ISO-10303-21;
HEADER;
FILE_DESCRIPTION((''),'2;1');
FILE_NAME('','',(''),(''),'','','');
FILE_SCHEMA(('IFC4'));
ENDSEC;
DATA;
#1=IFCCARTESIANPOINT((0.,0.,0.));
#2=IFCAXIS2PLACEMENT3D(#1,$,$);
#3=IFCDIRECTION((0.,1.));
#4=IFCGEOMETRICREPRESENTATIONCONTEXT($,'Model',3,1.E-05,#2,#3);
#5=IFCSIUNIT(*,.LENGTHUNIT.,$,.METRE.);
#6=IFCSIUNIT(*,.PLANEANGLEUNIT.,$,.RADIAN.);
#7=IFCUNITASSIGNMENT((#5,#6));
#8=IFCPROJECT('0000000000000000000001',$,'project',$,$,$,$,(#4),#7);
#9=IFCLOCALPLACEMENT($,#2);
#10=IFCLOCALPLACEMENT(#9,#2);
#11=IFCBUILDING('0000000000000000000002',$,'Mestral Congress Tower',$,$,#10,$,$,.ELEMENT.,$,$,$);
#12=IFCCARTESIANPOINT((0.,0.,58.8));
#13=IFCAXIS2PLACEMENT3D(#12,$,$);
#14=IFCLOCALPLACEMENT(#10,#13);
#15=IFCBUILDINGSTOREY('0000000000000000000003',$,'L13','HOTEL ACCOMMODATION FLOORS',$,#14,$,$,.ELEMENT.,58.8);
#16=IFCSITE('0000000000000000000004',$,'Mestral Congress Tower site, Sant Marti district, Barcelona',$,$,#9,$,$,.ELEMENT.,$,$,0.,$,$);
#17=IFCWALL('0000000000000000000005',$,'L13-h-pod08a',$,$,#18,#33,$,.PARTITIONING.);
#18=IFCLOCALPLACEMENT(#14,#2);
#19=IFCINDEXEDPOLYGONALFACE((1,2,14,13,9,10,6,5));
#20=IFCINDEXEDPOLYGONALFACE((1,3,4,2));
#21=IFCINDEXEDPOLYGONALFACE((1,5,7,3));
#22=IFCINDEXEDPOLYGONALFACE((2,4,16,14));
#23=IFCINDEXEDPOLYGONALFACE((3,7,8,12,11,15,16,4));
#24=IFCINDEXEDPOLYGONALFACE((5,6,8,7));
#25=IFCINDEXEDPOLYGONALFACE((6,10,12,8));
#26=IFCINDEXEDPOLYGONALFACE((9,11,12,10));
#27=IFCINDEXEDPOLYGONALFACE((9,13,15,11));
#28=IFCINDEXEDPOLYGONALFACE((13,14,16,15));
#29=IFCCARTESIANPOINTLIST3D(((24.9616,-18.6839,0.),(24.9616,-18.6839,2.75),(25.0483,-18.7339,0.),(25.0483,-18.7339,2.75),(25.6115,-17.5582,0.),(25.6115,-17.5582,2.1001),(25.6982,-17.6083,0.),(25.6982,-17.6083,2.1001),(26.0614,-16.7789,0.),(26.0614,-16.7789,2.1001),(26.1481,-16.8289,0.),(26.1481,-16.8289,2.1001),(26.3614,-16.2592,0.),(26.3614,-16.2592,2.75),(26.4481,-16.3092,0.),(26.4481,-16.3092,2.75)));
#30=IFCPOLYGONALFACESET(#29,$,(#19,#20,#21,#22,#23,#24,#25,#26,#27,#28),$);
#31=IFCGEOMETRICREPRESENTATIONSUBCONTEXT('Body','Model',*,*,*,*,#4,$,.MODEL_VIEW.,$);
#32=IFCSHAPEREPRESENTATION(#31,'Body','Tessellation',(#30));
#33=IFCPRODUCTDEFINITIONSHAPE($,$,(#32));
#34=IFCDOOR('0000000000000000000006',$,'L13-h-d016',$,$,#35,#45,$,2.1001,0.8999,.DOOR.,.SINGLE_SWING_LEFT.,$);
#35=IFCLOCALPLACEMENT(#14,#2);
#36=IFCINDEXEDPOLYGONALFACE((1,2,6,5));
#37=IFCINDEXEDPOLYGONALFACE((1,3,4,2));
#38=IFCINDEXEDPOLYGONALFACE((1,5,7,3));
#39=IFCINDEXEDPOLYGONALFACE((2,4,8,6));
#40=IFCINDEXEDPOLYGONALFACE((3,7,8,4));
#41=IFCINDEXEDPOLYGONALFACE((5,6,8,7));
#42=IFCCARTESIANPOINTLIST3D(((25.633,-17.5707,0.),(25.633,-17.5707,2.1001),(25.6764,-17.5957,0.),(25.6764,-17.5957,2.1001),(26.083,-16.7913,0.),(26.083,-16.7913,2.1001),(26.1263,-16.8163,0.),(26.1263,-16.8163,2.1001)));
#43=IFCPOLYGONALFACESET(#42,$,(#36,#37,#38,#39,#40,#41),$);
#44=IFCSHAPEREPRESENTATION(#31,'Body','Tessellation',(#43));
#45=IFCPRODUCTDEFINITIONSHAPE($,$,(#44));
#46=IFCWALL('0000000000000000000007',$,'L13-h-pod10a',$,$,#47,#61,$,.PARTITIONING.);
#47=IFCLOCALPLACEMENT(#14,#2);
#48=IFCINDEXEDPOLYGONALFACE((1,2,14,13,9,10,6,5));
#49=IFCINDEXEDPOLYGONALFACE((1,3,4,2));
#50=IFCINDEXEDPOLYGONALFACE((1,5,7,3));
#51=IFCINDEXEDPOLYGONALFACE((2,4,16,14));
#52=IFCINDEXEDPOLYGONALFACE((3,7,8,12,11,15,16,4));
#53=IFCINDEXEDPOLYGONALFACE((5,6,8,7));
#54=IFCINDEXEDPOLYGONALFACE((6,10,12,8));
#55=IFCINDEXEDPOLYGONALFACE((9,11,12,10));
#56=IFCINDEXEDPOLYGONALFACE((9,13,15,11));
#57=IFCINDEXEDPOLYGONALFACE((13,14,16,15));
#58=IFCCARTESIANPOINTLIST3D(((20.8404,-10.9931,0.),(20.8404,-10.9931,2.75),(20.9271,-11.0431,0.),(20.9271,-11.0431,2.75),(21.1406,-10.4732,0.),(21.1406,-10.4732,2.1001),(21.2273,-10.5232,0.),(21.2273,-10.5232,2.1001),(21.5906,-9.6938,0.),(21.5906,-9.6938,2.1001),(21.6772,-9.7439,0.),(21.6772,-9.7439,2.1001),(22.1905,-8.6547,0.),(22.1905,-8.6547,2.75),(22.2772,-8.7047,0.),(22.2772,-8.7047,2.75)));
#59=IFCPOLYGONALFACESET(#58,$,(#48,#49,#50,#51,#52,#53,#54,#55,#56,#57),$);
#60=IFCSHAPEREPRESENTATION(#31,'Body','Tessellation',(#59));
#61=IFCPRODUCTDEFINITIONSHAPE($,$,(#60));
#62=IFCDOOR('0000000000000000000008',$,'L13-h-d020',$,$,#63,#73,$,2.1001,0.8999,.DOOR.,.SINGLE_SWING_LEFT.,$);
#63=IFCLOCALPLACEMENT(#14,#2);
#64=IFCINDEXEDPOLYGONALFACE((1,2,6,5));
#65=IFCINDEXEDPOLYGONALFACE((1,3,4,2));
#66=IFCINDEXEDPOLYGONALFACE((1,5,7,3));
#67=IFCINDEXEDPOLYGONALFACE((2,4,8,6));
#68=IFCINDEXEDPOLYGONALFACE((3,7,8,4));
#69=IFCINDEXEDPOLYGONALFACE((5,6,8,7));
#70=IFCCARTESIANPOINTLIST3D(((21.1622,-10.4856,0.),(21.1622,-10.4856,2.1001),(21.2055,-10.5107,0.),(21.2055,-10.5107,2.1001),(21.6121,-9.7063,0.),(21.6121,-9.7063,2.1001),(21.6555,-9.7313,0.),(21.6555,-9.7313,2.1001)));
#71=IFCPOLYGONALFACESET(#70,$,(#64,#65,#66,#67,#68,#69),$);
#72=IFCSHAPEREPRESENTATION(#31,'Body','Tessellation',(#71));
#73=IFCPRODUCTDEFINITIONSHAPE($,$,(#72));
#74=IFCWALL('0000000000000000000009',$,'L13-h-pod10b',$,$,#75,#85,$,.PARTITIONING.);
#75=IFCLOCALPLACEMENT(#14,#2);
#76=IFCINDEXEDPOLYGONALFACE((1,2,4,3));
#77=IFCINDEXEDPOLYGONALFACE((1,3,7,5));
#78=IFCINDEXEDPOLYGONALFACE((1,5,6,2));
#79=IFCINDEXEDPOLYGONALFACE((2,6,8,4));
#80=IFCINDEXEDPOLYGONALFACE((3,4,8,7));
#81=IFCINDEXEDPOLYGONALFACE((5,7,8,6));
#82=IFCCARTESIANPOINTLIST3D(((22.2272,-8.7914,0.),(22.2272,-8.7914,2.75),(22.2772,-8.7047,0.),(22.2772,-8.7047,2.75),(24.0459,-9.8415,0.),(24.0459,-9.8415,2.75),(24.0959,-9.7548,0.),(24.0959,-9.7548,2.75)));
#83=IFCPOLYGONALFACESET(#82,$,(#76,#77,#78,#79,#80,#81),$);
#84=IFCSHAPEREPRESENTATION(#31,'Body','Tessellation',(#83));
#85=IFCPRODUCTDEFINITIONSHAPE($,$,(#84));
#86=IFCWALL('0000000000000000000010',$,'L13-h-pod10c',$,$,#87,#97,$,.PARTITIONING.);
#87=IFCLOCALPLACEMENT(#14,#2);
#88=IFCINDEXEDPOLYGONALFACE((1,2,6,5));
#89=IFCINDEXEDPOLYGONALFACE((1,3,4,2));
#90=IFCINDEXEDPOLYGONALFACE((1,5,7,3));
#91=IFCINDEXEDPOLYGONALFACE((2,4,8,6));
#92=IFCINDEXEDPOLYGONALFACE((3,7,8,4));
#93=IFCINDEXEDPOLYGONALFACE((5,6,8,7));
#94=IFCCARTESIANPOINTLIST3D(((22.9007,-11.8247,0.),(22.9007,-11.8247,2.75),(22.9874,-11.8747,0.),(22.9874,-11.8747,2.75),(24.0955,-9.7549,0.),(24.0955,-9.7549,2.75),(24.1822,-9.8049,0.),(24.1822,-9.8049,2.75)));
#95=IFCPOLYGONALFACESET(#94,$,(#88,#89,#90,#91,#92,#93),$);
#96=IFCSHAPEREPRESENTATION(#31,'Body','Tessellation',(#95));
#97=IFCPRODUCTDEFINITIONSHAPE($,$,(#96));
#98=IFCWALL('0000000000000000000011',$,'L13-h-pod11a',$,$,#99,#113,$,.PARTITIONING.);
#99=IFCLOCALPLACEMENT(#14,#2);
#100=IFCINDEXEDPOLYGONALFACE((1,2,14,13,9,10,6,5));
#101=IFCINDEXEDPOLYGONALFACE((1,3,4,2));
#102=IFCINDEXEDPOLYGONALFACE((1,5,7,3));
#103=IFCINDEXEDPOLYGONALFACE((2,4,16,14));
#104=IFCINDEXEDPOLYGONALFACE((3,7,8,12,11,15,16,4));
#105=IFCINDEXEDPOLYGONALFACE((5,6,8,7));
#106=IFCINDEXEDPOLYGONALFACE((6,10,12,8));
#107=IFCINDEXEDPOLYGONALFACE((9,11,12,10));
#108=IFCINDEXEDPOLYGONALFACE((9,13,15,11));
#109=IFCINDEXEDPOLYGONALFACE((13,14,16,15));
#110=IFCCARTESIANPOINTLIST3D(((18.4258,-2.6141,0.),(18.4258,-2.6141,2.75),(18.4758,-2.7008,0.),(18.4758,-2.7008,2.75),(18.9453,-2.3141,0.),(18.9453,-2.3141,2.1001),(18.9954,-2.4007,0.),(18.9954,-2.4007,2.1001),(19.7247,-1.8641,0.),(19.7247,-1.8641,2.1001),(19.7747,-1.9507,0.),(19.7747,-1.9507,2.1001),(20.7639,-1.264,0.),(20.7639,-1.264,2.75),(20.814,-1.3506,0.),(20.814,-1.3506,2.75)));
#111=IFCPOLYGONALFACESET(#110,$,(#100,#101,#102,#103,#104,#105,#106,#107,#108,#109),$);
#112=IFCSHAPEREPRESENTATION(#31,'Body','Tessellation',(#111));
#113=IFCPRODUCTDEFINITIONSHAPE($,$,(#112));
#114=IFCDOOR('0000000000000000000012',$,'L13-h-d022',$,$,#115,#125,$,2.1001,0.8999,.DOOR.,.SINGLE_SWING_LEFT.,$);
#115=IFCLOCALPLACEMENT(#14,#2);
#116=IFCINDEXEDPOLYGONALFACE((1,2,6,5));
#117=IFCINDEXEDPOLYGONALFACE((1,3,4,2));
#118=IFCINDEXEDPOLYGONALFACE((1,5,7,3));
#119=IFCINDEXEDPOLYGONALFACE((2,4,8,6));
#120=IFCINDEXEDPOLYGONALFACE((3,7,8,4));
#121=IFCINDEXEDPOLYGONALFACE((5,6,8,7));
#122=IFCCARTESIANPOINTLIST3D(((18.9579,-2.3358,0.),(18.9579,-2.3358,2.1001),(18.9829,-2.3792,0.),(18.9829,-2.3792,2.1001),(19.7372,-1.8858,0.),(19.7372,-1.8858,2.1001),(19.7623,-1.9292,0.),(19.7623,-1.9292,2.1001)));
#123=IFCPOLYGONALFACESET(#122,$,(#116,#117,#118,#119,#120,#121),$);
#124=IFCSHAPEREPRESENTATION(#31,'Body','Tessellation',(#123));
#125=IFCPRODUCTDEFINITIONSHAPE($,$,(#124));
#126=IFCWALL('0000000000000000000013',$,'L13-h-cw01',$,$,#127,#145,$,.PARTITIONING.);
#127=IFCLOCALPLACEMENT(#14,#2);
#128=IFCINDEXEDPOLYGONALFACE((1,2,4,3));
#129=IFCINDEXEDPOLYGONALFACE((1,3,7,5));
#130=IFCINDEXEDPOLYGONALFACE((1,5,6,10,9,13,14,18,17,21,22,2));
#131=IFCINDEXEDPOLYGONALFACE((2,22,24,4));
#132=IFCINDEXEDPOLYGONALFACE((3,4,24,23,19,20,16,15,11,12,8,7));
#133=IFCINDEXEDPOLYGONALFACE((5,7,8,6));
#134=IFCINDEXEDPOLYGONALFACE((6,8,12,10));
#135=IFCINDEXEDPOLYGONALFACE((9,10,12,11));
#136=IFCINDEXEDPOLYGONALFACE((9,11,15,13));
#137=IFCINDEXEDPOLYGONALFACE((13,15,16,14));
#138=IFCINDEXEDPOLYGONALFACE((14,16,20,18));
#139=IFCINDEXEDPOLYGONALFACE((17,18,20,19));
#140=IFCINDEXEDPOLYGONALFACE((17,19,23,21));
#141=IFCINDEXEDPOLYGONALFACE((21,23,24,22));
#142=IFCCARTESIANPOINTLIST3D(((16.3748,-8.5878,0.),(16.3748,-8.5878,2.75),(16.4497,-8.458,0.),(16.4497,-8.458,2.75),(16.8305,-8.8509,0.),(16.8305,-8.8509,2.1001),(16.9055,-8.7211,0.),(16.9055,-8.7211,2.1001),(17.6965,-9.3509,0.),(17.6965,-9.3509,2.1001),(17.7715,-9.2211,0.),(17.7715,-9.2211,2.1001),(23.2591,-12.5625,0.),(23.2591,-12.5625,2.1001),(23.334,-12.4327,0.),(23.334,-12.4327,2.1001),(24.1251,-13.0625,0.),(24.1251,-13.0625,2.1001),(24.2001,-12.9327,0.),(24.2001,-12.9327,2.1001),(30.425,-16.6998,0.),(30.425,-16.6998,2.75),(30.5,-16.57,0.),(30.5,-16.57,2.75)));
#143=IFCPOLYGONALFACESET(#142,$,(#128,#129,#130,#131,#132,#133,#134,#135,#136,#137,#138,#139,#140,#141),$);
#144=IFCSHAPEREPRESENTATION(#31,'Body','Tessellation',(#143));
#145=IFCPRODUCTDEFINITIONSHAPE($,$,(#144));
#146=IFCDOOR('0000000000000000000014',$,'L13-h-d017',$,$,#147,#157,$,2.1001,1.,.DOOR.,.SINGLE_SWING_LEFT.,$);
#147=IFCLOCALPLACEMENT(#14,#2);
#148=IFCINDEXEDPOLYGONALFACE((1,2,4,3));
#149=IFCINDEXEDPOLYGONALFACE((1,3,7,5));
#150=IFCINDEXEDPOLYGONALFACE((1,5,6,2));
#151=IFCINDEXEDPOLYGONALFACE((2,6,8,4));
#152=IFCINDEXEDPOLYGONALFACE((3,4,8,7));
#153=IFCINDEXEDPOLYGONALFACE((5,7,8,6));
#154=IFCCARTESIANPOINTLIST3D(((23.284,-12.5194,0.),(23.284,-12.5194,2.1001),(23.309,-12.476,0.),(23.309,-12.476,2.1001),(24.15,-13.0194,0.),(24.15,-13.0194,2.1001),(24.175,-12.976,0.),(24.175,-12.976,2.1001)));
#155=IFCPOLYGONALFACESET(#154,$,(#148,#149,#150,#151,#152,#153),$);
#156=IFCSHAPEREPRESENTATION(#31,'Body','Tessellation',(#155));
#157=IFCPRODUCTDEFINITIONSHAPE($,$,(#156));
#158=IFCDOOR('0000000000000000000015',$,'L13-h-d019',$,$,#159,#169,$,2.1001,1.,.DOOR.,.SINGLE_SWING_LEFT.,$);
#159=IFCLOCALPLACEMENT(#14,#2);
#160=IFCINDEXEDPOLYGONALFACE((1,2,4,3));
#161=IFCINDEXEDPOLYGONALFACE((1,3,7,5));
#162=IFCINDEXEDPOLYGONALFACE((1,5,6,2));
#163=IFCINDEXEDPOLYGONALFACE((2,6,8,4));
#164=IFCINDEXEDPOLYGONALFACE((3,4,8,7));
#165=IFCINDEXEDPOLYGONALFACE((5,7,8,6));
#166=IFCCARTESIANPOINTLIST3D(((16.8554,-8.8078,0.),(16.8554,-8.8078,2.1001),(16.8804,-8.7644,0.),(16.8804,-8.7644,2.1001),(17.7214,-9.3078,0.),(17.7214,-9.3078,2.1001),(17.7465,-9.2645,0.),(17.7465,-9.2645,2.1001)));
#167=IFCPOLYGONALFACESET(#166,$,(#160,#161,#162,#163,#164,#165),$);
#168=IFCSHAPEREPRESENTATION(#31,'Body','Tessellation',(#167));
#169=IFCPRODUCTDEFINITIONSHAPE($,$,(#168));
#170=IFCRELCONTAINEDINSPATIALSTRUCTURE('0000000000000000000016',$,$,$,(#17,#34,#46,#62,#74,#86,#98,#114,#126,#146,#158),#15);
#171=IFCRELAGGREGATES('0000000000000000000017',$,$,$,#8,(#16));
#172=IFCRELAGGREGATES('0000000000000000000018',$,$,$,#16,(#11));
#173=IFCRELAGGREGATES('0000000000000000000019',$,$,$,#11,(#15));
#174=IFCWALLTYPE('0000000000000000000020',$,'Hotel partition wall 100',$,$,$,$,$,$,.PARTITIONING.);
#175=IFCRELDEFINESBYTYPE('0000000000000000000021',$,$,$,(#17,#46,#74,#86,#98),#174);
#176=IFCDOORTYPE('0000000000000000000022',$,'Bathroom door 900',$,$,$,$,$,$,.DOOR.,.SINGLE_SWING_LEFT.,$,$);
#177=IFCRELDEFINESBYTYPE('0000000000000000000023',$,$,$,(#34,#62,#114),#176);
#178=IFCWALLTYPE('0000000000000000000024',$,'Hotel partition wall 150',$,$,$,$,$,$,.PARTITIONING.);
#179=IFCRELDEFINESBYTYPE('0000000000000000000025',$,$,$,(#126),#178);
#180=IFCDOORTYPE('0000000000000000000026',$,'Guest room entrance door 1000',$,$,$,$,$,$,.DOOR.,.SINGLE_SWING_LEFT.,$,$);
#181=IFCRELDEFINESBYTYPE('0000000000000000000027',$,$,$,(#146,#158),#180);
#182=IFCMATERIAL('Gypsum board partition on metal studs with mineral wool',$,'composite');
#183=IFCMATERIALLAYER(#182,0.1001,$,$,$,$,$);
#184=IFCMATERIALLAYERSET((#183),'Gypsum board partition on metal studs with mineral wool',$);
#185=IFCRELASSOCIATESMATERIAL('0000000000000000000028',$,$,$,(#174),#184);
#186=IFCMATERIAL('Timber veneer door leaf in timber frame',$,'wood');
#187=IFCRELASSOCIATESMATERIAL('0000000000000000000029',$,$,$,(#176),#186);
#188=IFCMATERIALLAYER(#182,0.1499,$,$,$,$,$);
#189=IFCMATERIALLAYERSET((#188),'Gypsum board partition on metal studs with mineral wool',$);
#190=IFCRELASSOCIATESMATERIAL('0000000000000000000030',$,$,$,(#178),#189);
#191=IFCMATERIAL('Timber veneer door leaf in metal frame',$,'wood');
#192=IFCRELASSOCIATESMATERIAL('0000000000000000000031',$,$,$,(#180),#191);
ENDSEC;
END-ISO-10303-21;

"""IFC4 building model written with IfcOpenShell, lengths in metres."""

from ifc_helpers import new_model, si_unit, direction, frame, frame_2d, origin, place, context, subcontext, project, spatial, rectangle, extrude, material, layer, layer_set, type_object, element, fill, save


model = new_model("IFC4")

# Units and contexts
model_context = context("Model", 3, precision=1e-05, world=origin(), true_north=direction((0.0, 1.0)))
body_context = subcontext(model_context, "Body", "Model", "MODEL_VIEW")
ifc_project = project(units=[si_unit("LENGTHUNIT", "METRE"), si_unit("PLANEANGLEUNIT", "RADIAN")], contexts=[model_context])

# Site, building, storey
site_placement = place(None, origin())
site = spatial("IfcSite", under=ifc_project, at=site_placement, Name="Mestral Congress Tower site, Sant Marti district, Barcelona", CompositionType="ELEMENT", RefElevation=0.0)
building_placement = place(site_placement, origin())
building = spatial("IfcBuilding", under=site, at=building_placement, Name="Mestral Congress Tower", CompositionType="ELEMENT")
storey_placement = place(building_placement, frame((0.0, 0.0, 58.8)))
storey = spatial("IfcBuildingStorey", under=building, at=storey_placement, Name="L13", Description="HOTEL ACCOMMODATION FLOORS", CompositionType="ELEMENT", Elevation=58.8)

# Shared definitions
ifc_material_1 = material(Name="Gypsum board partition on metal studs with mineral wool", Category="composite")
ifc_layer_1 = layer(ifc_material_1, 0.1001)
ifc_layer_set_1 = layer_set([ifc_layer_1], Name="Gypsum board partition on metal studs with mineral wool")
wall_type_1 = type_object("IfcWallType", Name="Hotel partition wall 100", PredefinedType="PARTITIONING", material=ifc_layer_set_1)
ifc_material_2 = material(Name="Timber veneer door leaf in timber frame", Category="wood")
door_type_1 = type_object("IfcDoorType", Name="Bathroom door 900", OperationType="SINGLE_SWING_LEFT", PredefinedType="DOOR", material=ifc_material_2)

# Walls, openings, doors
wall_1_placement = place(storey_placement, frame((26.4048, -16.2842, 0.0), z_axis=(0.0, 0.0, 1.0), x_axis=(-0.499984, -0.866035, 0.0)))
wall_1 = element("IfcWall", 1, at=wall_1_placement, inside=storey, type_object=wall_type_1, Name="L13-h-pod08a", PredefinedType="PARTITIONING", context=body_context, shape_type="SweptSolid", body=[
    extrude(rectangle(XDim=2.7998, YDim=0.1001, at=frame_2d((1.3999, 0.0))), origin(), (0.0, 0.0, 1.0), 2.75),
])
opening_1_placement = place(wall_1_placement, frame((0.6001, 0.0, 0.0)))
opening_1 = element("IfcOpeningElement", 2, at=opening_1_placement, cuts=wall_1, PredefinedType="OPENING", context=body_context, shape_type="SweptSolid", body=[
    extrude(rectangle(XDim=0.8999, YDim=2.1001, at=frame_2d((0.45, 1.05))), frame((0.0, 0.0601, 0.0), z_axis=(0.0, -1.0, 0.0), x_axis=(1.0, 0.0, 0.0)), (0.0, 0.0, 1.0), 0.1201),
])
door_1_placement = place(opening_1_placement, origin())
door_1 = element("IfcDoor", 3, at=door_1_placement, inside=storey, type_object=door_type_1, Name="L13-h-d016", OperationType="SINGLE_SWING_LEFT", OverallHeight=2.1001, OverallWidth=0.8999, PredefinedType="DOOR", context=body_context, shape_type="SweptSolid", body=[
    extrude(rectangle(XDim=0.8999, YDim=2.1001, at=frame_2d((0.45, 1.05))), frame((0.0, 0.0249, 0.0), z_axis=(0.0, -1.0, 0.0), x_axis=(1.0, 0.0, 0.0)), (0.0, 0.0, 1.0), 0.05),
])
fill(opening_1, door_1)
wall_2_placement = place(storey_placement, frame((22.2339, -8.6797, 0.0), z_axis=(0.0, 0.0, 1.0), x_axis=(-0.500009, -0.86602, 0.0)))
wall_2 = element("IfcWall", 4, at=wall_2_placement, inside=storey, type_object=wall_type_1, Name="L13-h-pod10a", PredefinedType="PARTITIONING", context=body_context, shape_type="SweptSolid", body=[
    extrude(rectangle(XDim=2.7002, YDim=0.1001, at=frame_2d((1.3501, 0.0))), origin(), (0.0, 0.0, 1.0), 2.75),
])
opening_2_placement = place(wall_2_placement, frame((1.2, 0.0, 0.0)))
opening_2 = element("IfcOpeningElement", 5, at=opening_2_placement, cuts=wall_2, PredefinedType="OPENING", context=body_context, shape_type="SweptSolid", body=[
    extrude(rectangle(XDim=0.8999, YDim=2.1001, at=frame_2d((0.45, 1.05))), frame((0.0, 0.0601, 0.0), z_axis=(0.0, -1.0, 0.0), x_axis=(1.0, 0.0, 0.0)), (0.0, 0.0, 1.0), 0.1201),
])
door_2_placement = place(opening_2_placement, origin())
door_2 = element("IfcDoor", 6, at=door_2_placement, inside=storey, type_object=door_type_1, Name="L13-h-d020", OperationType="SINGLE_SWING_LEFT", OverallHeight=2.1001, OverallWidth=0.8999, PredefinedType="DOOR", context=body_context, shape_type="SweptSolid", body=[
    extrude(rectangle(XDim=0.8999, YDim=2.1001, at=frame_2d((0.45, 1.05))), frame((0.0, 0.0249, 0.0), z_axis=(0.0, -1.0, 0.0), x_axis=(1.0, 0.0, 0.0)), (0.0, 0.0, 1.0), 0.05),
])
fill(opening_2, door_2)

# Walls
wall_3_placement = place(storey_placement, frame((22.2522, -8.748, 0.0), z_axis=(0.0, 0.0, 1.0), x_axis=(0.866009, -0.500028, 0.0)))
element("IfcWall", 7, at=wall_3_placement, inside=storey, type_object=wall_type_1, Name="L13-h-pod10b", PredefinedType="PARTITIONING", context=body_context, shape_type="SweptSolid", body=[
    extrude(rectangle(XDim=2.1001, YDim=0.1001, at=frame_2d((1.05, 0.0))), origin(), (0.0, 0.0, 1.0), 2.75),
])
wall_4_placement = place(storey_placement, frame((22.9441, -11.8496, 0.0), z_axis=(0.0, 0.0, 1.0), x_axis=(0.499941, 0.86606, 0.0)))
element("IfcWall", 8, at=wall_4_placement, inside=storey, type_object=wall_type_1, Name="L13-h-pod10c", PredefinedType="PARTITIONING", context=body_context, shape_type="SweptSolid", body=[
    extrude(rectangle(XDim=2.3899, YDim=0.1001, at=frame_2d((1.1948, 0.0))), origin(), (0.0, 0.0, 1.0), 2.75),
])

# Wall, opening, door
wall_5_placement = place(storey_placement, frame((18.4507, -2.6575, 0.0), z_axis=(0.0, 0.0, 1.0), x_axis=(0.865997, 0.500049, 0.0)))
wall_5 = element("IfcWall", 9, at=wall_5_placement, inside=storey, type_object=wall_type_1, Name="L13-h-pod11a", PredefinedType="PARTITIONING", context=body_context, shape_type="SweptSolid", body=[
    extrude(rectangle(XDim=2.7, YDim=0.1001, at=frame_2d((1.3501, 0.0))), origin(), (0.0, 0.0, 1.0), 2.75),
])
opening_3_placement = place(wall_5_placement, frame((0.6001, 0.0, 0.0)))
opening_3 = element("IfcOpeningElement", 10, at=opening_3_placement, cuts=wall_5, PredefinedType="OPENING", context=body_context, shape_type="SweptSolid", body=[
    extrude(rectangle(XDim=0.8999, YDim=2.1001, at=frame_2d((0.45, 1.05))), frame((0.0, 0.0601, 0.0), z_axis=(0.0, -1.0, 0.0), x_axis=(1.0, 0.0, 0.0)), (0.0, 0.0, 1.0), 0.1201),
])
door_3_placement = place(opening_3_placement, origin())
door_3 = element("IfcDoor", 11, at=door_3_placement, inside=storey, type_object=door_type_1, Name="L13-h-d022", OperationType="SINGLE_SWING_LEFT", OverallHeight=2.1001, OverallWidth=0.8999, PredefinedType="DOOR", context=body_context, shape_type="SweptSolid", body=[
    extrude(rectangle(XDim=0.8999, YDim=2.1001, at=frame_2d((0.45, 1.05))), frame((0.0, 0.0249, 0.0), z_axis=(0.0, -1.0, 0.0), x_axis=(1.0, 0.0, 0.0)), (0.0, 0.0, 1.0), 0.05),
])
fill(opening_3, door_3)

# Wall, openings, doors
ifc_layer_2 = layer(ifc_material_1, 0.1499)
ifc_layer_set_2 = layer_set([ifc_layer_2], Name="Gypsum board partition on metal studs with mineral wool")
wall_type_2 = type_object("IfcWallType", Name="Hotel partition wall 150", PredefinedType="PARTITIONING", material=ifc_layer_set_2)
wall_6_placement = place(storey_placement, frame((16.4124, -8.5229, 0.0), z_axis=(0.0, 0.0, 1.0), x_axis=(0.866022, -0.500006, 0.0)))
wall_6 = element("IfcWall", 12, at=wall_6_placement, inside=storey, type_object=wall_type_2, Name="L13-h-cw01", PredefinedType="PARTITIONING", context=body_context, shape_type="SweptSolid", body=[
    extrude(rectangle(XDim=16.2239, YDim=0.1499, at=frame_2d((8.1118, 0.0))), origin(), (0.0, 0.0, 1.0), 2.75),
])
opening_4_placement = place(wall_6_placement, frame((7.9492, 0.0, 0.0)))
opening_4 = element("IfcOpeningElement", 13, at=opening_4_placement, cuts=wall_6, PredefinedType="OPENING", context=body_context, shape_type="SweptSolid", body=[
    extrude(rectangle(XDim=1.0, YDim=2.1001, at=frame_2d((0.5, 1.05))), frame((0.0, 0.085, 0.0), z_axis=(0.0, -1.0, 0.0), x_axis=(1.0, 0.0, 0.0)), (0.0, 0.0, 1.0), 0.1699),
])
opening_5_placement = place(wall_6_placement, frame((0.5261, 0.0, 0.0)))
opening_5 = element("IfcOpeningElement", 14, at=opening_5_placement, cuts=wall_6, PredefinedType="OPENING", context=body_context, shape_type="SweptSolid", body=[
    extrude(rectangle(XDim=1.0, YDim=2.1001, at=frame_2d((0.5, 1.05))), frame((0.0, 0.085, 0.0), z_axis=(0.0, -1.0, 0.0), x_axis=(1.0, 0.0, 0.0)), (0.0, 0.0, 1.0), 0.1699),
])
ifc_material_3 = material(Name="Timber veneer door leaf in metal frame", Category="wood")
door_type_2 = type_object("IfcDoorType", Name="Guest room entrance door 1000", OperationType="SINGLE_SWING_LEFT", PredefinedType="DOOR", material=ifc_material_3)
door_4_placement = place(opening_4_placement, origin())
door_4 = element("IfcDoor", 15, at=door_4_placement, inside=storey, type_object=door_type_2, Name="L13-h-d017", OperationType="SINGLE_SWING_LEFT", OverallHeight=2.1001, OverallWidth=1.0, PredefinedType="DOOR", context=body_context, shape_type="SweptSolid", body=[
    extrude(rectangle(XDim=1.0, YDim=2.1001, at=frame_2d((0.5, 1.05))), frame((0.0, 0.0249, 0.0), z_axis=(0.0, -1.0, 0.0), x_axis=(1.0, 0.0, 0.0)), (0.0, 0.0, 1.0), 0.05),
])
fill(opening_4, door_4)
door_5_placement = place(opening_5_placement, origin())
door_5 = element("IfcDoor", 16, at=door_5_placement, inside=storey, type_object=door_type_2, Name="L13-h-d019", OperationType="SINGLE_SWING_LEFT", OverallHeight=2.1001, OverallWidth=1.0, PredefinedType="DOOR", context=body_context, shape_type="SweptSolid", body=[
    extrude(rectangle(XDim=1.0, YDim=2.1001, at=frame_2d((0.5, 1.05))), frame((0.0, 0.0249, 0.0), z_axis=(0.0, -1.0, 0.0), x_axis=(1.0, 0.0, 0.0)), (0.0, 0.0, 1.0), 0.05),
])
fill(opening_5, door_5)

save(model, "model.ifc")
